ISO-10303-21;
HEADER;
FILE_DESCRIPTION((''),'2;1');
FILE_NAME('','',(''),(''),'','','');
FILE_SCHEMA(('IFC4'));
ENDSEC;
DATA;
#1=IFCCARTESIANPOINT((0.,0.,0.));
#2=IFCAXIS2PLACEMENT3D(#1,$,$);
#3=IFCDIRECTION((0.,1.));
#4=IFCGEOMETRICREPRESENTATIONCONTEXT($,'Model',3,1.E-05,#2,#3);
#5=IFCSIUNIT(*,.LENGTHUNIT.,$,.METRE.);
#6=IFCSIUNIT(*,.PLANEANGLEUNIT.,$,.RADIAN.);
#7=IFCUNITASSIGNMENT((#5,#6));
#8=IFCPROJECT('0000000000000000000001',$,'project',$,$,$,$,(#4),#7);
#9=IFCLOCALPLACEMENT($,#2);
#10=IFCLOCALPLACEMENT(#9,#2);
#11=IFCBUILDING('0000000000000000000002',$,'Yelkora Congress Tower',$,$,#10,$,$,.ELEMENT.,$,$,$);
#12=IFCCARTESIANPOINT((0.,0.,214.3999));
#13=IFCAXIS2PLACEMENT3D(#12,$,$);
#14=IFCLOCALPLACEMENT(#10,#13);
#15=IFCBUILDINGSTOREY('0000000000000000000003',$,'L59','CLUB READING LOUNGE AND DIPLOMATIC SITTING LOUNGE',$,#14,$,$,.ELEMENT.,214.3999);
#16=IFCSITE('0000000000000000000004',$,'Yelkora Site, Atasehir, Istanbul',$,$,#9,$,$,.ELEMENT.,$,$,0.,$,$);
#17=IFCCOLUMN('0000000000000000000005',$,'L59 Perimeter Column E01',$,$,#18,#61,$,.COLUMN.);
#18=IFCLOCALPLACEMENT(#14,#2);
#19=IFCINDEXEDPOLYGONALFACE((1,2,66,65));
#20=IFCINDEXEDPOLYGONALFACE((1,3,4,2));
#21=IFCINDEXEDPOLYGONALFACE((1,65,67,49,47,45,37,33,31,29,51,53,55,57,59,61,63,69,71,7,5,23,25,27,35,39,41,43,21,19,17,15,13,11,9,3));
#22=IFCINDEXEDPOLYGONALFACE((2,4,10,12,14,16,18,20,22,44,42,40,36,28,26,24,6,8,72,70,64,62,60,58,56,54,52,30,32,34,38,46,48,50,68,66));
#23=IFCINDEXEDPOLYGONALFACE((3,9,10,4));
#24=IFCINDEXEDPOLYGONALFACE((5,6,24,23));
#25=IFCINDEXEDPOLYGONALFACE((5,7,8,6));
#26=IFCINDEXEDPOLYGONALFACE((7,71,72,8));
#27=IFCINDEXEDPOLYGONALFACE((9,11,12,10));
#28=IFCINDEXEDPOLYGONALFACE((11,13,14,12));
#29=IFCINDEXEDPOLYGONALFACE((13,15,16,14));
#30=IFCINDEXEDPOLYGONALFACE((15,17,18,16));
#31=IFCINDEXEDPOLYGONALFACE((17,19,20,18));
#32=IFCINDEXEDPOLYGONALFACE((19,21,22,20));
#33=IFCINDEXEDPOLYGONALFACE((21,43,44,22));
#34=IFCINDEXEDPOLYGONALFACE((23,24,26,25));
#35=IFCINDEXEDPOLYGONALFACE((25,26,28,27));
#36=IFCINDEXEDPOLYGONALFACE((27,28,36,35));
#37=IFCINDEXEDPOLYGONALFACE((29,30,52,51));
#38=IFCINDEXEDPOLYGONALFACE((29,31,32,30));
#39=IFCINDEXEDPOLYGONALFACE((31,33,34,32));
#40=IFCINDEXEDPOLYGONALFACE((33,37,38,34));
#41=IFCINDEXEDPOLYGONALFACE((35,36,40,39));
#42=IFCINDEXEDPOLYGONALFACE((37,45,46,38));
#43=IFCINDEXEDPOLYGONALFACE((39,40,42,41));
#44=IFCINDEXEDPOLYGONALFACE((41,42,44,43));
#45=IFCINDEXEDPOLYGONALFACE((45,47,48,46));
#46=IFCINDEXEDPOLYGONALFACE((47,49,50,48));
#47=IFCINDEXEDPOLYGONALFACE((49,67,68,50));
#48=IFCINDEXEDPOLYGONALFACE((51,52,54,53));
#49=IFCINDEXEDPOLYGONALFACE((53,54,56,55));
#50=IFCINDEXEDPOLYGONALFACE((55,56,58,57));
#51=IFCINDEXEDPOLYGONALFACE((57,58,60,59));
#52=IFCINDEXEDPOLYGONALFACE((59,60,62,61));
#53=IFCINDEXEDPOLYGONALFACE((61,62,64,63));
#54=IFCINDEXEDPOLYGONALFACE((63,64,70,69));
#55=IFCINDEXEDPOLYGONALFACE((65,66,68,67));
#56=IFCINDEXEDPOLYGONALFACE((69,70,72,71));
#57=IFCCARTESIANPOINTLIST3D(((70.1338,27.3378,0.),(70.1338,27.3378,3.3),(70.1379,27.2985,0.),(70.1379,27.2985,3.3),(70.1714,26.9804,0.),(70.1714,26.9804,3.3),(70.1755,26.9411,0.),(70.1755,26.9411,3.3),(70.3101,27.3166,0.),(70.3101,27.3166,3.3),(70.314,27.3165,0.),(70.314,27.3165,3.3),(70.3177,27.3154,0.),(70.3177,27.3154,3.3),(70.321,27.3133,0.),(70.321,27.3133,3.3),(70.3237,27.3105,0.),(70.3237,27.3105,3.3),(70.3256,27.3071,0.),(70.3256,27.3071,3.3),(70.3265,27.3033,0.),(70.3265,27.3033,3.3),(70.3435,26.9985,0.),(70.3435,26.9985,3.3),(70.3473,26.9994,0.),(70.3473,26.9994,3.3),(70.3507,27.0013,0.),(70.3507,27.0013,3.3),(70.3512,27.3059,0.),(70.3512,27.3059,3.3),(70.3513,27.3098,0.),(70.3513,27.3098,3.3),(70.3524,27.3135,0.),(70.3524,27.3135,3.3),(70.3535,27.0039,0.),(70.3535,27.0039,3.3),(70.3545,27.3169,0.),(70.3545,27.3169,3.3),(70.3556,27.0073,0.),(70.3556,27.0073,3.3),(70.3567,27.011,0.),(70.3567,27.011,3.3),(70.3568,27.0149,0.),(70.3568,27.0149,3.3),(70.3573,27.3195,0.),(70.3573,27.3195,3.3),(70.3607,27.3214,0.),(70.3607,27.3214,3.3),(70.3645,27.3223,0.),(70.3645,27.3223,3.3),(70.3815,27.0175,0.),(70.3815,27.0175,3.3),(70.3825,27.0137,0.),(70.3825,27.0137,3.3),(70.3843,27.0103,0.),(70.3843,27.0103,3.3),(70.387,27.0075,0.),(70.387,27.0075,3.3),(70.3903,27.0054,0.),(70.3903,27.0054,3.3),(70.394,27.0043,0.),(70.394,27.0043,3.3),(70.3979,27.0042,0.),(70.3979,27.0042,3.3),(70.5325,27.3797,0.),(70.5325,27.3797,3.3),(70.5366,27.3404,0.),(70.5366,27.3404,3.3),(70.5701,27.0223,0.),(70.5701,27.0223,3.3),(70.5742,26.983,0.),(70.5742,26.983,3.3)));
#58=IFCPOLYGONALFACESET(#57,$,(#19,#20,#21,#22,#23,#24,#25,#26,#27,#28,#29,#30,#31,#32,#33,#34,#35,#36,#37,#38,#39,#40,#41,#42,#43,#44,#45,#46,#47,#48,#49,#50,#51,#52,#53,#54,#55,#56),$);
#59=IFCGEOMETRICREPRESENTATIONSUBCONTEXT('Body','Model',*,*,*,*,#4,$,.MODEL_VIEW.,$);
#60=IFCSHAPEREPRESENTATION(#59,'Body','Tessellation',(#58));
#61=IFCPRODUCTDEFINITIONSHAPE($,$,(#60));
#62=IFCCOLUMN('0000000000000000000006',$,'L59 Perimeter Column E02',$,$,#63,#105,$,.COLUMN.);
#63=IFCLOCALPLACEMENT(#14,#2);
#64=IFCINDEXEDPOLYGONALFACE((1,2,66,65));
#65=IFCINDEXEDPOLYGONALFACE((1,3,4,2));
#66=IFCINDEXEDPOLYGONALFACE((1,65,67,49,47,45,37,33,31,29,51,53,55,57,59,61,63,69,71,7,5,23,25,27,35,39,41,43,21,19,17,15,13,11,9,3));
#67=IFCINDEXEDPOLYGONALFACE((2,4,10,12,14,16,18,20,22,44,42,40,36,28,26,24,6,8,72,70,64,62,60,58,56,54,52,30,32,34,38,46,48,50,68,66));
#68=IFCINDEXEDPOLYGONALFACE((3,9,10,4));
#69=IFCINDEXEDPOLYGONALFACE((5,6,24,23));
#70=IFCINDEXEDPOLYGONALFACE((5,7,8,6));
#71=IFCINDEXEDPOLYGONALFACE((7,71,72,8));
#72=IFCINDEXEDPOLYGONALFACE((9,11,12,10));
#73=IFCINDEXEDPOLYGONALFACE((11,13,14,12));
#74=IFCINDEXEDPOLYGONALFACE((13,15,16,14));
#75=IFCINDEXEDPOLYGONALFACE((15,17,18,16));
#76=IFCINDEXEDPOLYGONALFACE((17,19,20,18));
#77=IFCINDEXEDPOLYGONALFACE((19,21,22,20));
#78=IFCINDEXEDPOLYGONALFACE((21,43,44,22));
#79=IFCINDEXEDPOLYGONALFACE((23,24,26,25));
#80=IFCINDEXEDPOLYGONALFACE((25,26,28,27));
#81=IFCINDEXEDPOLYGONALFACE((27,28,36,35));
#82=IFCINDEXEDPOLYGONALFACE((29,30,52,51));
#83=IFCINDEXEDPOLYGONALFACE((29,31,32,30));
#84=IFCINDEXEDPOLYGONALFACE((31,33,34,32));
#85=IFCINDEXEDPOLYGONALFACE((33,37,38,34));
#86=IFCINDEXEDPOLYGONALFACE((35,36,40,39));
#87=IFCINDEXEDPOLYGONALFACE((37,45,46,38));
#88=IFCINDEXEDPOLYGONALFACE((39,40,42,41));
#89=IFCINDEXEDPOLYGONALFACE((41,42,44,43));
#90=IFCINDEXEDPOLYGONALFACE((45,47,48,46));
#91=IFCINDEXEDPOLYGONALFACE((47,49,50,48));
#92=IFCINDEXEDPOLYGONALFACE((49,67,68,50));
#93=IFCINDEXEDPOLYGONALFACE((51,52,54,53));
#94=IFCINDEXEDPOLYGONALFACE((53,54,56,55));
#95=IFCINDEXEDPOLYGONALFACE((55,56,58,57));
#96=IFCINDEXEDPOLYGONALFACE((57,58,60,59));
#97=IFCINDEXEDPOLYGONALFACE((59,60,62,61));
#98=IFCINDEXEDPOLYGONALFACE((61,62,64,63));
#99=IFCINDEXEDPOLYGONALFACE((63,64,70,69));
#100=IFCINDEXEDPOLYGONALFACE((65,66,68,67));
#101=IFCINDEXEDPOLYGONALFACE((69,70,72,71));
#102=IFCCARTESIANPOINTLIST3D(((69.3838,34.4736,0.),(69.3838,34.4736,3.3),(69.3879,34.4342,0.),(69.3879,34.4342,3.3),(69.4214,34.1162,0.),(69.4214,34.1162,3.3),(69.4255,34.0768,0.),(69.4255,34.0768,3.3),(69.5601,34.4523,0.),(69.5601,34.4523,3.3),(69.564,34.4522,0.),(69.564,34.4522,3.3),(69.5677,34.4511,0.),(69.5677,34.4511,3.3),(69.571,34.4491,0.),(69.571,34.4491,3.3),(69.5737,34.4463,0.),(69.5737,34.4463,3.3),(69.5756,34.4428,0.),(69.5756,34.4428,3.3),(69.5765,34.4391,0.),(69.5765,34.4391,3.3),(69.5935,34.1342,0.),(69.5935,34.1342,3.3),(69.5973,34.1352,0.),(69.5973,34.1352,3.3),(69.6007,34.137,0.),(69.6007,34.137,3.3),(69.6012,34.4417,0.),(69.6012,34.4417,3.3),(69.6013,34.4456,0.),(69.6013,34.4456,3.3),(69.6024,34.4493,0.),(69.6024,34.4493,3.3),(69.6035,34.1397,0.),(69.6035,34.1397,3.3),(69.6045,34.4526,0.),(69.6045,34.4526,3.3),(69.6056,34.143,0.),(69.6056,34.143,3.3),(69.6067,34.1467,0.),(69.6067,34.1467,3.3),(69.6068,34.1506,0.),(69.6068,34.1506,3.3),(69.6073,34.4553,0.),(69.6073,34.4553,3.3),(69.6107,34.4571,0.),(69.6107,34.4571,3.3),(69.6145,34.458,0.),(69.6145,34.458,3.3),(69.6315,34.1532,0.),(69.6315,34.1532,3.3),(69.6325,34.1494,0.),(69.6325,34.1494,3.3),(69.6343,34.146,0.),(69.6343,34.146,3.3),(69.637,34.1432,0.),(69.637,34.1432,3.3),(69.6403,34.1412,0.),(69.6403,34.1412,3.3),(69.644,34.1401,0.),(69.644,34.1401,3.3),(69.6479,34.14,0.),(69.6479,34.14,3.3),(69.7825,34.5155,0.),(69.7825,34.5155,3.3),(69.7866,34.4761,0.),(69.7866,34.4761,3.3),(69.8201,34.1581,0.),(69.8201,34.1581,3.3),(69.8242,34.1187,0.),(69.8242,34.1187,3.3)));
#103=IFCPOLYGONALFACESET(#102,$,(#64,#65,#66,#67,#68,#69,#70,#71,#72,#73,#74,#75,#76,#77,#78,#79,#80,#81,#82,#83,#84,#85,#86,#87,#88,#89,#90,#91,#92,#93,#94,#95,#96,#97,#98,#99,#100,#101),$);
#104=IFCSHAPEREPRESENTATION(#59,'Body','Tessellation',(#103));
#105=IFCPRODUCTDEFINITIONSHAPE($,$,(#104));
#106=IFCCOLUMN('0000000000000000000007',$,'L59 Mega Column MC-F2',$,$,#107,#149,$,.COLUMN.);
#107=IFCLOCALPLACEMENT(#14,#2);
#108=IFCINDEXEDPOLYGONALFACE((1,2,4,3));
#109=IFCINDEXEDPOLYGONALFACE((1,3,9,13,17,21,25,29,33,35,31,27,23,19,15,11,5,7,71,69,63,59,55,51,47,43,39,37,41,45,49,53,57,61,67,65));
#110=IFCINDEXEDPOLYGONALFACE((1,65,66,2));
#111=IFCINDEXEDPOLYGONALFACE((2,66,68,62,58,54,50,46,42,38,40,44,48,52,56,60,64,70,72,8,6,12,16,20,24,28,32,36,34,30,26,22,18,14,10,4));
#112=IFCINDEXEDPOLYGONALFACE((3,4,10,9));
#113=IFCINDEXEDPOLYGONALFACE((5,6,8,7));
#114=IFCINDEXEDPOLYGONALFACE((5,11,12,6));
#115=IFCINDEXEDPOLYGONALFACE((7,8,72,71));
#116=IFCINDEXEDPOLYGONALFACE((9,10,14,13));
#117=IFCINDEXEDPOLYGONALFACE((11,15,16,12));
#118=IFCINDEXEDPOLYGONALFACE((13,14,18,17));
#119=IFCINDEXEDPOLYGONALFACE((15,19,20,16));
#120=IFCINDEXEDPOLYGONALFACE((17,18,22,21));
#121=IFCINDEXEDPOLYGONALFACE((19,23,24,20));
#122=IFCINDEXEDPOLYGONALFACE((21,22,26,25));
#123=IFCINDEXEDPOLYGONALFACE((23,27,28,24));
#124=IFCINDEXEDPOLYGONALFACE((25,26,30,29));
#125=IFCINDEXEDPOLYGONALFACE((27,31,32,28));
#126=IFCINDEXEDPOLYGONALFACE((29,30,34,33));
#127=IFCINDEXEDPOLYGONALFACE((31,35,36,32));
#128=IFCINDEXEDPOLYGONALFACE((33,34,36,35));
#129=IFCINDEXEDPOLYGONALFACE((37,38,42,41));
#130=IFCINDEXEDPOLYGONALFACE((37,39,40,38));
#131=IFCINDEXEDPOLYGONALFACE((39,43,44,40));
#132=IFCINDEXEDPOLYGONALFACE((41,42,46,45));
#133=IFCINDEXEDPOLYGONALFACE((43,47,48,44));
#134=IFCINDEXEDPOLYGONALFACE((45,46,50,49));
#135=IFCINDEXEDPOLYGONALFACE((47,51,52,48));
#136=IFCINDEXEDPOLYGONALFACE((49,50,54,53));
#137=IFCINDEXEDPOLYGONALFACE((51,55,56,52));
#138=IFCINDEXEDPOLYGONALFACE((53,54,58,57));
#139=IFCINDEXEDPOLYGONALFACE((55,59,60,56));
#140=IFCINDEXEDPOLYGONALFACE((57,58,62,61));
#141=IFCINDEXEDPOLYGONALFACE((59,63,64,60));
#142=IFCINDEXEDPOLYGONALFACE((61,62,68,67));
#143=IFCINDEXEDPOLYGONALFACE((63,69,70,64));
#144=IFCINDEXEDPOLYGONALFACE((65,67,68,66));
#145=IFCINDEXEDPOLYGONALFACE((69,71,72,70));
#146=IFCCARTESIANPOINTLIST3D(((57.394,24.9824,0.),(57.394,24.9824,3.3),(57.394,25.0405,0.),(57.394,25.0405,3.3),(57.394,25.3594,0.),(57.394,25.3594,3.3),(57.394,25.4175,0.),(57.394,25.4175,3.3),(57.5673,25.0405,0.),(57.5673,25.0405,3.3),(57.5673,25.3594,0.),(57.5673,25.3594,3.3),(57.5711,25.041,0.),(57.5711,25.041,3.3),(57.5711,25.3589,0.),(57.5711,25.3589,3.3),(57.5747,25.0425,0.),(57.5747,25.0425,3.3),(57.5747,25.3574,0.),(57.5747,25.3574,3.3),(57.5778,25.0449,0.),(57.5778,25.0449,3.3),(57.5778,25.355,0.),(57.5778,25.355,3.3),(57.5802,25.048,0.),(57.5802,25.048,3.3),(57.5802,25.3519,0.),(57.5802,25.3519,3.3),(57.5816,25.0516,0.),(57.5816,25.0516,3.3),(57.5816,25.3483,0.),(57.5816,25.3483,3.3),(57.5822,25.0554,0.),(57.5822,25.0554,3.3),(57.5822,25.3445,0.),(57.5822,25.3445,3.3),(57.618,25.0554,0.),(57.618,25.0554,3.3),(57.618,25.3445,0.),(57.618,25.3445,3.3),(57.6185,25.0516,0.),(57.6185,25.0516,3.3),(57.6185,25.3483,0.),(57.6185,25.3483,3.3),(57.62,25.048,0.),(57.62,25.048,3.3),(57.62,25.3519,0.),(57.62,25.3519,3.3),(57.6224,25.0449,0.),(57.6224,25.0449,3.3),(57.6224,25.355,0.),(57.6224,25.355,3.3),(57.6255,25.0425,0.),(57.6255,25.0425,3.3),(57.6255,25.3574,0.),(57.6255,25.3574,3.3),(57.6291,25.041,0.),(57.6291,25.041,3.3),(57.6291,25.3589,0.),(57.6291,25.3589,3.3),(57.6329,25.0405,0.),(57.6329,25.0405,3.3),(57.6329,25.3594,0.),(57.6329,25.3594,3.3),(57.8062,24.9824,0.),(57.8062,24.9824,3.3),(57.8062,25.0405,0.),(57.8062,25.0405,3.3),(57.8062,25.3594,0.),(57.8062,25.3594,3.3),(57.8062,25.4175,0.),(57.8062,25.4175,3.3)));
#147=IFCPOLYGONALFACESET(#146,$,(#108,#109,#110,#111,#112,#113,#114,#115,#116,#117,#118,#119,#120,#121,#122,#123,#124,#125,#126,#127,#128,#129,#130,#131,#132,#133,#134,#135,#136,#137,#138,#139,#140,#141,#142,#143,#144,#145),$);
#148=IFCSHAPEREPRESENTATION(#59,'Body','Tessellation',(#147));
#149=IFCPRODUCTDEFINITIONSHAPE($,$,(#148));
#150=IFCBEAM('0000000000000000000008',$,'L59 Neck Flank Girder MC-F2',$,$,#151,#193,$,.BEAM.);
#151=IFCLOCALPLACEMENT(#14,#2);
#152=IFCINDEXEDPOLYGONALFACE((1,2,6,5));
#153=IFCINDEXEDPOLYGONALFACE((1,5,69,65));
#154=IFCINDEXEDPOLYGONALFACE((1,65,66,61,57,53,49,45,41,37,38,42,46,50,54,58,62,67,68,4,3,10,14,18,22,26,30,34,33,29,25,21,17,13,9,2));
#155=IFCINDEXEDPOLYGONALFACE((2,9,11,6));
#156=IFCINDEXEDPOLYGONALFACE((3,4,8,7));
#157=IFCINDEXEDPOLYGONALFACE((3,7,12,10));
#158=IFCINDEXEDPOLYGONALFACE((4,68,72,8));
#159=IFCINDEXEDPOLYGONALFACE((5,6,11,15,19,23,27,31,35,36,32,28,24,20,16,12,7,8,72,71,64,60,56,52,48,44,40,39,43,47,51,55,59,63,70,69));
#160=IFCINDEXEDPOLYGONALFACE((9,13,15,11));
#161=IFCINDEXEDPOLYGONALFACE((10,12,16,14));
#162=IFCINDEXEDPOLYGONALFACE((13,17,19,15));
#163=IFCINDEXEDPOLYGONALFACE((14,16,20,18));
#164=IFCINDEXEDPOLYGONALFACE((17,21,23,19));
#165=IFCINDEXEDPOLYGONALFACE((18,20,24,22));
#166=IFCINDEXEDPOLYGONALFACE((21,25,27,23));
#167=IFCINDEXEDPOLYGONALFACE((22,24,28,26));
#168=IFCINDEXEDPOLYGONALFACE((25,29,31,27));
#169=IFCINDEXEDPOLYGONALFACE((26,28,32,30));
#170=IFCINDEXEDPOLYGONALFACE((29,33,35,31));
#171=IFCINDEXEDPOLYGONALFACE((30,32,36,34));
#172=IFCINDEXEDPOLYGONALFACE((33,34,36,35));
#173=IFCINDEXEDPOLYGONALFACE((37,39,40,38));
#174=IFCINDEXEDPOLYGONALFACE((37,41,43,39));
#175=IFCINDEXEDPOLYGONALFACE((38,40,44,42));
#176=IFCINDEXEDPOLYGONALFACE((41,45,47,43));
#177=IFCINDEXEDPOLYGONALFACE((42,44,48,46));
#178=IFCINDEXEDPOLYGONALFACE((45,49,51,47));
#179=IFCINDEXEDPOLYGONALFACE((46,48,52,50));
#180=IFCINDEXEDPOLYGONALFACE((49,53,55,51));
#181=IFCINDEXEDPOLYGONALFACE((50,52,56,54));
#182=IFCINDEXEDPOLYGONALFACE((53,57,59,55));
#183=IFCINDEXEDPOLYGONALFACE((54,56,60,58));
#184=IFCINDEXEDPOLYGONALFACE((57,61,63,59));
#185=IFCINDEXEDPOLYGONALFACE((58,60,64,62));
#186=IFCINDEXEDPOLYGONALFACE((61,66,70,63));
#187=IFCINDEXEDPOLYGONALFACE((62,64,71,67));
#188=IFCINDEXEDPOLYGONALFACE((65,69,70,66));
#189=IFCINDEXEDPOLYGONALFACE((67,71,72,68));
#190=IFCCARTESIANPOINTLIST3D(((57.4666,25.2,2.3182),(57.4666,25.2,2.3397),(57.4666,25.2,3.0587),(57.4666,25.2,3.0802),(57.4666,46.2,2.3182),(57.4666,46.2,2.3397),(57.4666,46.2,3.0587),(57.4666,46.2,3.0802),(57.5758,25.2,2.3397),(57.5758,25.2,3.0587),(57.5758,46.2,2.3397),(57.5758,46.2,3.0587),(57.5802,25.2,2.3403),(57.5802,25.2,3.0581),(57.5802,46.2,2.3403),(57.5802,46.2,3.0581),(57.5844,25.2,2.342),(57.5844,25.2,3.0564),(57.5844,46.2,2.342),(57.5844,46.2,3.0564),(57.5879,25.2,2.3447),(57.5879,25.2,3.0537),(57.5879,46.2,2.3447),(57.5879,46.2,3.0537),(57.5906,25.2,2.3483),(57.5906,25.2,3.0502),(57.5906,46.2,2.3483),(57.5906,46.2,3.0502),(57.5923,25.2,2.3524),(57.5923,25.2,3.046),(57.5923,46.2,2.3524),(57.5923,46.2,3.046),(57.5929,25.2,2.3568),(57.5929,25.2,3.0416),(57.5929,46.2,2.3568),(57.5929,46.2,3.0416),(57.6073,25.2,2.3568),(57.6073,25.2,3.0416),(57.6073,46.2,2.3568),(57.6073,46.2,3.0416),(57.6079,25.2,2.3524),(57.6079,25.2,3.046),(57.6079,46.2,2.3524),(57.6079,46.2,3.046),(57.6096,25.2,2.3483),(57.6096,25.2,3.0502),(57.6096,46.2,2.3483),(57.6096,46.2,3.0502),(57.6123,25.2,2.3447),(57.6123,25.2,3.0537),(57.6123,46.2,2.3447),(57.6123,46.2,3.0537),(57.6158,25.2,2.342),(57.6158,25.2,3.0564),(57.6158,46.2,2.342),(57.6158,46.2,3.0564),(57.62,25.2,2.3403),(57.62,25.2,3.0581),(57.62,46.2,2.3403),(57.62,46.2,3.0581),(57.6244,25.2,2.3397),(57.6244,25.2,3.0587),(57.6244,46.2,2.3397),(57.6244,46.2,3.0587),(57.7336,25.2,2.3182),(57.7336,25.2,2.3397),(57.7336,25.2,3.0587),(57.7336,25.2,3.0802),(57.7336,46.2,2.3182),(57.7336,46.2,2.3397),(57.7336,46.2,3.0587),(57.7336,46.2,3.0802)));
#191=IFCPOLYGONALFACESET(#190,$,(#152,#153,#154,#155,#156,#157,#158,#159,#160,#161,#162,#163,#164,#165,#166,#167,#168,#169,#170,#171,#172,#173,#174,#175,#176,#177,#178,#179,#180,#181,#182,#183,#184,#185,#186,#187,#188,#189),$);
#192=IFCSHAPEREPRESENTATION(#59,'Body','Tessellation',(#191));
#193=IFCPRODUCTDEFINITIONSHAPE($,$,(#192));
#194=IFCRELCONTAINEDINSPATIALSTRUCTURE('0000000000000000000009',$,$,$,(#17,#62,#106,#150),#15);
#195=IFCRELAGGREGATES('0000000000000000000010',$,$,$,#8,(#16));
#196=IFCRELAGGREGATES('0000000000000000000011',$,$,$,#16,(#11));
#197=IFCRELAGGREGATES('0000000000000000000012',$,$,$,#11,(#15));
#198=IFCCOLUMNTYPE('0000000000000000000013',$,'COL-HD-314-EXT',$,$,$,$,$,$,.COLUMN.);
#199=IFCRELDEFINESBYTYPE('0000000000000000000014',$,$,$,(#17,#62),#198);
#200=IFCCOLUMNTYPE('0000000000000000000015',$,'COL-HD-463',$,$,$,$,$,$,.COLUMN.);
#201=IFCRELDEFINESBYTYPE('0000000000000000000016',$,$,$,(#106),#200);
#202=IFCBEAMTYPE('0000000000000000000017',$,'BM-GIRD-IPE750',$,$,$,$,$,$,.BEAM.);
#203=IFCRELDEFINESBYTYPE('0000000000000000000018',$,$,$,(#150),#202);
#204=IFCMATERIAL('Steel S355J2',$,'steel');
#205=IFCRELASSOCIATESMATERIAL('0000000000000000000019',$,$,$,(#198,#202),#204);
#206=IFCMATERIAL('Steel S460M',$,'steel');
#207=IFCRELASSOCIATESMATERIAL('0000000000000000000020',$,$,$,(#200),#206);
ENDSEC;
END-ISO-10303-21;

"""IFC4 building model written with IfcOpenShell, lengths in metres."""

from ifc_helpers import new_model, si_unit, direction, frame, origin, origin_2d, place, context, subcontext, project, spatial, i_section, extrude, material, material_profile, profile_set, type_object, element, save


model = new_model("IFC4")

# Units and contexts
model_context = context("Model", 3, precision=1e-05, world=origin(), true_north=direction((0.0, 1.0)))
body_context = subcontext(model_context, "Body", "Model", "MODEL_VIEW")
ifc_project = project(units=[si_unit("LENGTHUNIT", "METRE"), si_unit("PLANEANGLEUNIT", "RADIAN")], contexts=[model_context])

# Site, building, storey
site_placement = place(None, origin())
site = spatial("IfcSite", under=ifc_project, at=site_placement, Name="Yelkora Site, Atasehir, Istanbul", CompositionType="ELEMENT", RefElevation=0.0)
building_placement = place(site_placement, origin())
building = spatial("IfcBuilding", under=site, at=building_placement, Name="Yelkora Congress Tower", CompositionType="ELEMENT")
storey_placement = place(building_placement, frame((0.0, 0.0, 214.3999)))
storey = spatial("IfcBuildingStorey", under=building, at=storey_placement, Name="L59", Description="CLUB READING LOUNGE AND DIPLOMATIC SITTING LOUNGE", CompositionType="ELEMENT", Elevation=214.3999)

# Columns
ifc_material_1 = material(Name="Steel S355J2", Category="steel")
ifc_material_profile_1 = material_profile(ifc_material_1, i_section(OverallWidth=0.4009, OverallDepth=0.3989, WebThickness=0.0249, FlangeThickness=0.0396, FilletRadius=0.0149, at=origin_2d()), Name="HD 400x314")
ifc_profile_set_1 = profile_set([ifc_material_profile_1], Name="Steel S355J2")
column_type_1 = type_object("IfcColumnType", Name="COL-HD-314-EXT", PredefinedType="COLUMN", material=ifc_profile_set_1)
for number, where, z_axis, x_axis, name in (
    (1, (70.354, 27.1604, 0.0), (0.0, 0.0, 1.0), (0.994522, 0.104528, 0.0), "L59 Perimeter Column E01"),
    (2, (69.604, 34.2961, 0.0), (0.0, 0.0, 1.0), (0.994522, 0.104528, 0.0), "L59 Perimeter Column E02"),
):
    element("IfcColumn", number, at=place(storey_placement, frame(where, z_axis=z_axis, x_axis=x_axis)), inside=storey, type_object=column_type_1, Name=name, PredefinedType="COLUMN", context=body_context, shape_type="SweptSolid", body=[
        extrude(i_section(OverallWidth=0.4009, OverallDepth=0.3989, WebThickness=0.0249, FlangeThickness=0.0396, FilletRadius=0.0149, at=origin_2d()), origin(), (0.0, 0.0, 1.0), 3.3),
    ])
ifc_material_2 = material(Name="Steel S460M", Category="steel")
ifc_material_profile_2 = material_profile(ifc_material_2, i_section(OverallWidth=0.4121, OverallDepth=0.4351, WebThickness=0.0359, FlangeThickness=0.0581, FilletRadius=0.0149, at=origin_2d()), Name="HD 400x463")
ifc_profile_set_2 = profile_set([ifc_material_profile_2], Name="Steel S460M")
column_type_2 = type_object("IfcColumnType", Name="COL-HD-463", PredefinedType="COLUMN", material=ifc_profile_set_2)
column_placement = place(storey_placement, frame((57.6001, 25.2, 0.0), z_axis=(0.0, 0.0, 1.0), x_axis=(1.0, 0.0, 0.0)))
element("IfcColumn", 3, at=column_placement, inside=storey, type_object=column_type_2, Name="L59 Mega Column MC-F2", PredefinedType="COLUMN", context=body_context, shape_type="SweptSolid", body=[
    extrude(i_section(OverallWidth=0.4121, OverallDepth=0.4351, WebThickness=0.0359, FlangeThickness=0.0581, FilletRadius=0.0149, at=origin_2d()), origin(), (0.0, 0.0, 1.0), 3.3),
])

# Beam
ifc_material_profile_3 = material_profile(ifc_material_1, i_section(OverallWidth=0.2671, OverallDepth=0.762, WebThickness=0.0144, FlangeThickness=0.0215, FilletRadius=0.0171, at=origin_2d()), Name="IPE 750x173")
ifc_profile_set_3 = profile_set([ifc_material_profile_3], Name="Steel S355J2")
beam_type_1 = type_object("IfcBeamType", Name="BM-GIRD-IPE750", PredefinedType="BEAM", material=ifc_profile_set_3)
beam_1_placement = place(storey_placement, frame((57.6001, 25.2, 2.6992), z_axis=(0.0, 1.0, 0.0), x_axis=(-1.0, 0.0, 0.0)))
element("IfcBeam", 4, at=beam_1_placement, inside=storey, type_object=beam_type_1, Name="L59 Neck Flank Girder MC-F2", PredefinedType="BEAM", context=body_context, shape_type="SweptSolid", body=[
    extrude(i_section(OverallWidth=0.2671, OverallDepth=0.762, WebThickness=0.0144, FlangeThickness=0.0215, FilletRadius=0.0171, at=origin_2d()), origin(), (0.0, 0.0, 1.0), 21.0),
])

save(model, "model.ifc")
